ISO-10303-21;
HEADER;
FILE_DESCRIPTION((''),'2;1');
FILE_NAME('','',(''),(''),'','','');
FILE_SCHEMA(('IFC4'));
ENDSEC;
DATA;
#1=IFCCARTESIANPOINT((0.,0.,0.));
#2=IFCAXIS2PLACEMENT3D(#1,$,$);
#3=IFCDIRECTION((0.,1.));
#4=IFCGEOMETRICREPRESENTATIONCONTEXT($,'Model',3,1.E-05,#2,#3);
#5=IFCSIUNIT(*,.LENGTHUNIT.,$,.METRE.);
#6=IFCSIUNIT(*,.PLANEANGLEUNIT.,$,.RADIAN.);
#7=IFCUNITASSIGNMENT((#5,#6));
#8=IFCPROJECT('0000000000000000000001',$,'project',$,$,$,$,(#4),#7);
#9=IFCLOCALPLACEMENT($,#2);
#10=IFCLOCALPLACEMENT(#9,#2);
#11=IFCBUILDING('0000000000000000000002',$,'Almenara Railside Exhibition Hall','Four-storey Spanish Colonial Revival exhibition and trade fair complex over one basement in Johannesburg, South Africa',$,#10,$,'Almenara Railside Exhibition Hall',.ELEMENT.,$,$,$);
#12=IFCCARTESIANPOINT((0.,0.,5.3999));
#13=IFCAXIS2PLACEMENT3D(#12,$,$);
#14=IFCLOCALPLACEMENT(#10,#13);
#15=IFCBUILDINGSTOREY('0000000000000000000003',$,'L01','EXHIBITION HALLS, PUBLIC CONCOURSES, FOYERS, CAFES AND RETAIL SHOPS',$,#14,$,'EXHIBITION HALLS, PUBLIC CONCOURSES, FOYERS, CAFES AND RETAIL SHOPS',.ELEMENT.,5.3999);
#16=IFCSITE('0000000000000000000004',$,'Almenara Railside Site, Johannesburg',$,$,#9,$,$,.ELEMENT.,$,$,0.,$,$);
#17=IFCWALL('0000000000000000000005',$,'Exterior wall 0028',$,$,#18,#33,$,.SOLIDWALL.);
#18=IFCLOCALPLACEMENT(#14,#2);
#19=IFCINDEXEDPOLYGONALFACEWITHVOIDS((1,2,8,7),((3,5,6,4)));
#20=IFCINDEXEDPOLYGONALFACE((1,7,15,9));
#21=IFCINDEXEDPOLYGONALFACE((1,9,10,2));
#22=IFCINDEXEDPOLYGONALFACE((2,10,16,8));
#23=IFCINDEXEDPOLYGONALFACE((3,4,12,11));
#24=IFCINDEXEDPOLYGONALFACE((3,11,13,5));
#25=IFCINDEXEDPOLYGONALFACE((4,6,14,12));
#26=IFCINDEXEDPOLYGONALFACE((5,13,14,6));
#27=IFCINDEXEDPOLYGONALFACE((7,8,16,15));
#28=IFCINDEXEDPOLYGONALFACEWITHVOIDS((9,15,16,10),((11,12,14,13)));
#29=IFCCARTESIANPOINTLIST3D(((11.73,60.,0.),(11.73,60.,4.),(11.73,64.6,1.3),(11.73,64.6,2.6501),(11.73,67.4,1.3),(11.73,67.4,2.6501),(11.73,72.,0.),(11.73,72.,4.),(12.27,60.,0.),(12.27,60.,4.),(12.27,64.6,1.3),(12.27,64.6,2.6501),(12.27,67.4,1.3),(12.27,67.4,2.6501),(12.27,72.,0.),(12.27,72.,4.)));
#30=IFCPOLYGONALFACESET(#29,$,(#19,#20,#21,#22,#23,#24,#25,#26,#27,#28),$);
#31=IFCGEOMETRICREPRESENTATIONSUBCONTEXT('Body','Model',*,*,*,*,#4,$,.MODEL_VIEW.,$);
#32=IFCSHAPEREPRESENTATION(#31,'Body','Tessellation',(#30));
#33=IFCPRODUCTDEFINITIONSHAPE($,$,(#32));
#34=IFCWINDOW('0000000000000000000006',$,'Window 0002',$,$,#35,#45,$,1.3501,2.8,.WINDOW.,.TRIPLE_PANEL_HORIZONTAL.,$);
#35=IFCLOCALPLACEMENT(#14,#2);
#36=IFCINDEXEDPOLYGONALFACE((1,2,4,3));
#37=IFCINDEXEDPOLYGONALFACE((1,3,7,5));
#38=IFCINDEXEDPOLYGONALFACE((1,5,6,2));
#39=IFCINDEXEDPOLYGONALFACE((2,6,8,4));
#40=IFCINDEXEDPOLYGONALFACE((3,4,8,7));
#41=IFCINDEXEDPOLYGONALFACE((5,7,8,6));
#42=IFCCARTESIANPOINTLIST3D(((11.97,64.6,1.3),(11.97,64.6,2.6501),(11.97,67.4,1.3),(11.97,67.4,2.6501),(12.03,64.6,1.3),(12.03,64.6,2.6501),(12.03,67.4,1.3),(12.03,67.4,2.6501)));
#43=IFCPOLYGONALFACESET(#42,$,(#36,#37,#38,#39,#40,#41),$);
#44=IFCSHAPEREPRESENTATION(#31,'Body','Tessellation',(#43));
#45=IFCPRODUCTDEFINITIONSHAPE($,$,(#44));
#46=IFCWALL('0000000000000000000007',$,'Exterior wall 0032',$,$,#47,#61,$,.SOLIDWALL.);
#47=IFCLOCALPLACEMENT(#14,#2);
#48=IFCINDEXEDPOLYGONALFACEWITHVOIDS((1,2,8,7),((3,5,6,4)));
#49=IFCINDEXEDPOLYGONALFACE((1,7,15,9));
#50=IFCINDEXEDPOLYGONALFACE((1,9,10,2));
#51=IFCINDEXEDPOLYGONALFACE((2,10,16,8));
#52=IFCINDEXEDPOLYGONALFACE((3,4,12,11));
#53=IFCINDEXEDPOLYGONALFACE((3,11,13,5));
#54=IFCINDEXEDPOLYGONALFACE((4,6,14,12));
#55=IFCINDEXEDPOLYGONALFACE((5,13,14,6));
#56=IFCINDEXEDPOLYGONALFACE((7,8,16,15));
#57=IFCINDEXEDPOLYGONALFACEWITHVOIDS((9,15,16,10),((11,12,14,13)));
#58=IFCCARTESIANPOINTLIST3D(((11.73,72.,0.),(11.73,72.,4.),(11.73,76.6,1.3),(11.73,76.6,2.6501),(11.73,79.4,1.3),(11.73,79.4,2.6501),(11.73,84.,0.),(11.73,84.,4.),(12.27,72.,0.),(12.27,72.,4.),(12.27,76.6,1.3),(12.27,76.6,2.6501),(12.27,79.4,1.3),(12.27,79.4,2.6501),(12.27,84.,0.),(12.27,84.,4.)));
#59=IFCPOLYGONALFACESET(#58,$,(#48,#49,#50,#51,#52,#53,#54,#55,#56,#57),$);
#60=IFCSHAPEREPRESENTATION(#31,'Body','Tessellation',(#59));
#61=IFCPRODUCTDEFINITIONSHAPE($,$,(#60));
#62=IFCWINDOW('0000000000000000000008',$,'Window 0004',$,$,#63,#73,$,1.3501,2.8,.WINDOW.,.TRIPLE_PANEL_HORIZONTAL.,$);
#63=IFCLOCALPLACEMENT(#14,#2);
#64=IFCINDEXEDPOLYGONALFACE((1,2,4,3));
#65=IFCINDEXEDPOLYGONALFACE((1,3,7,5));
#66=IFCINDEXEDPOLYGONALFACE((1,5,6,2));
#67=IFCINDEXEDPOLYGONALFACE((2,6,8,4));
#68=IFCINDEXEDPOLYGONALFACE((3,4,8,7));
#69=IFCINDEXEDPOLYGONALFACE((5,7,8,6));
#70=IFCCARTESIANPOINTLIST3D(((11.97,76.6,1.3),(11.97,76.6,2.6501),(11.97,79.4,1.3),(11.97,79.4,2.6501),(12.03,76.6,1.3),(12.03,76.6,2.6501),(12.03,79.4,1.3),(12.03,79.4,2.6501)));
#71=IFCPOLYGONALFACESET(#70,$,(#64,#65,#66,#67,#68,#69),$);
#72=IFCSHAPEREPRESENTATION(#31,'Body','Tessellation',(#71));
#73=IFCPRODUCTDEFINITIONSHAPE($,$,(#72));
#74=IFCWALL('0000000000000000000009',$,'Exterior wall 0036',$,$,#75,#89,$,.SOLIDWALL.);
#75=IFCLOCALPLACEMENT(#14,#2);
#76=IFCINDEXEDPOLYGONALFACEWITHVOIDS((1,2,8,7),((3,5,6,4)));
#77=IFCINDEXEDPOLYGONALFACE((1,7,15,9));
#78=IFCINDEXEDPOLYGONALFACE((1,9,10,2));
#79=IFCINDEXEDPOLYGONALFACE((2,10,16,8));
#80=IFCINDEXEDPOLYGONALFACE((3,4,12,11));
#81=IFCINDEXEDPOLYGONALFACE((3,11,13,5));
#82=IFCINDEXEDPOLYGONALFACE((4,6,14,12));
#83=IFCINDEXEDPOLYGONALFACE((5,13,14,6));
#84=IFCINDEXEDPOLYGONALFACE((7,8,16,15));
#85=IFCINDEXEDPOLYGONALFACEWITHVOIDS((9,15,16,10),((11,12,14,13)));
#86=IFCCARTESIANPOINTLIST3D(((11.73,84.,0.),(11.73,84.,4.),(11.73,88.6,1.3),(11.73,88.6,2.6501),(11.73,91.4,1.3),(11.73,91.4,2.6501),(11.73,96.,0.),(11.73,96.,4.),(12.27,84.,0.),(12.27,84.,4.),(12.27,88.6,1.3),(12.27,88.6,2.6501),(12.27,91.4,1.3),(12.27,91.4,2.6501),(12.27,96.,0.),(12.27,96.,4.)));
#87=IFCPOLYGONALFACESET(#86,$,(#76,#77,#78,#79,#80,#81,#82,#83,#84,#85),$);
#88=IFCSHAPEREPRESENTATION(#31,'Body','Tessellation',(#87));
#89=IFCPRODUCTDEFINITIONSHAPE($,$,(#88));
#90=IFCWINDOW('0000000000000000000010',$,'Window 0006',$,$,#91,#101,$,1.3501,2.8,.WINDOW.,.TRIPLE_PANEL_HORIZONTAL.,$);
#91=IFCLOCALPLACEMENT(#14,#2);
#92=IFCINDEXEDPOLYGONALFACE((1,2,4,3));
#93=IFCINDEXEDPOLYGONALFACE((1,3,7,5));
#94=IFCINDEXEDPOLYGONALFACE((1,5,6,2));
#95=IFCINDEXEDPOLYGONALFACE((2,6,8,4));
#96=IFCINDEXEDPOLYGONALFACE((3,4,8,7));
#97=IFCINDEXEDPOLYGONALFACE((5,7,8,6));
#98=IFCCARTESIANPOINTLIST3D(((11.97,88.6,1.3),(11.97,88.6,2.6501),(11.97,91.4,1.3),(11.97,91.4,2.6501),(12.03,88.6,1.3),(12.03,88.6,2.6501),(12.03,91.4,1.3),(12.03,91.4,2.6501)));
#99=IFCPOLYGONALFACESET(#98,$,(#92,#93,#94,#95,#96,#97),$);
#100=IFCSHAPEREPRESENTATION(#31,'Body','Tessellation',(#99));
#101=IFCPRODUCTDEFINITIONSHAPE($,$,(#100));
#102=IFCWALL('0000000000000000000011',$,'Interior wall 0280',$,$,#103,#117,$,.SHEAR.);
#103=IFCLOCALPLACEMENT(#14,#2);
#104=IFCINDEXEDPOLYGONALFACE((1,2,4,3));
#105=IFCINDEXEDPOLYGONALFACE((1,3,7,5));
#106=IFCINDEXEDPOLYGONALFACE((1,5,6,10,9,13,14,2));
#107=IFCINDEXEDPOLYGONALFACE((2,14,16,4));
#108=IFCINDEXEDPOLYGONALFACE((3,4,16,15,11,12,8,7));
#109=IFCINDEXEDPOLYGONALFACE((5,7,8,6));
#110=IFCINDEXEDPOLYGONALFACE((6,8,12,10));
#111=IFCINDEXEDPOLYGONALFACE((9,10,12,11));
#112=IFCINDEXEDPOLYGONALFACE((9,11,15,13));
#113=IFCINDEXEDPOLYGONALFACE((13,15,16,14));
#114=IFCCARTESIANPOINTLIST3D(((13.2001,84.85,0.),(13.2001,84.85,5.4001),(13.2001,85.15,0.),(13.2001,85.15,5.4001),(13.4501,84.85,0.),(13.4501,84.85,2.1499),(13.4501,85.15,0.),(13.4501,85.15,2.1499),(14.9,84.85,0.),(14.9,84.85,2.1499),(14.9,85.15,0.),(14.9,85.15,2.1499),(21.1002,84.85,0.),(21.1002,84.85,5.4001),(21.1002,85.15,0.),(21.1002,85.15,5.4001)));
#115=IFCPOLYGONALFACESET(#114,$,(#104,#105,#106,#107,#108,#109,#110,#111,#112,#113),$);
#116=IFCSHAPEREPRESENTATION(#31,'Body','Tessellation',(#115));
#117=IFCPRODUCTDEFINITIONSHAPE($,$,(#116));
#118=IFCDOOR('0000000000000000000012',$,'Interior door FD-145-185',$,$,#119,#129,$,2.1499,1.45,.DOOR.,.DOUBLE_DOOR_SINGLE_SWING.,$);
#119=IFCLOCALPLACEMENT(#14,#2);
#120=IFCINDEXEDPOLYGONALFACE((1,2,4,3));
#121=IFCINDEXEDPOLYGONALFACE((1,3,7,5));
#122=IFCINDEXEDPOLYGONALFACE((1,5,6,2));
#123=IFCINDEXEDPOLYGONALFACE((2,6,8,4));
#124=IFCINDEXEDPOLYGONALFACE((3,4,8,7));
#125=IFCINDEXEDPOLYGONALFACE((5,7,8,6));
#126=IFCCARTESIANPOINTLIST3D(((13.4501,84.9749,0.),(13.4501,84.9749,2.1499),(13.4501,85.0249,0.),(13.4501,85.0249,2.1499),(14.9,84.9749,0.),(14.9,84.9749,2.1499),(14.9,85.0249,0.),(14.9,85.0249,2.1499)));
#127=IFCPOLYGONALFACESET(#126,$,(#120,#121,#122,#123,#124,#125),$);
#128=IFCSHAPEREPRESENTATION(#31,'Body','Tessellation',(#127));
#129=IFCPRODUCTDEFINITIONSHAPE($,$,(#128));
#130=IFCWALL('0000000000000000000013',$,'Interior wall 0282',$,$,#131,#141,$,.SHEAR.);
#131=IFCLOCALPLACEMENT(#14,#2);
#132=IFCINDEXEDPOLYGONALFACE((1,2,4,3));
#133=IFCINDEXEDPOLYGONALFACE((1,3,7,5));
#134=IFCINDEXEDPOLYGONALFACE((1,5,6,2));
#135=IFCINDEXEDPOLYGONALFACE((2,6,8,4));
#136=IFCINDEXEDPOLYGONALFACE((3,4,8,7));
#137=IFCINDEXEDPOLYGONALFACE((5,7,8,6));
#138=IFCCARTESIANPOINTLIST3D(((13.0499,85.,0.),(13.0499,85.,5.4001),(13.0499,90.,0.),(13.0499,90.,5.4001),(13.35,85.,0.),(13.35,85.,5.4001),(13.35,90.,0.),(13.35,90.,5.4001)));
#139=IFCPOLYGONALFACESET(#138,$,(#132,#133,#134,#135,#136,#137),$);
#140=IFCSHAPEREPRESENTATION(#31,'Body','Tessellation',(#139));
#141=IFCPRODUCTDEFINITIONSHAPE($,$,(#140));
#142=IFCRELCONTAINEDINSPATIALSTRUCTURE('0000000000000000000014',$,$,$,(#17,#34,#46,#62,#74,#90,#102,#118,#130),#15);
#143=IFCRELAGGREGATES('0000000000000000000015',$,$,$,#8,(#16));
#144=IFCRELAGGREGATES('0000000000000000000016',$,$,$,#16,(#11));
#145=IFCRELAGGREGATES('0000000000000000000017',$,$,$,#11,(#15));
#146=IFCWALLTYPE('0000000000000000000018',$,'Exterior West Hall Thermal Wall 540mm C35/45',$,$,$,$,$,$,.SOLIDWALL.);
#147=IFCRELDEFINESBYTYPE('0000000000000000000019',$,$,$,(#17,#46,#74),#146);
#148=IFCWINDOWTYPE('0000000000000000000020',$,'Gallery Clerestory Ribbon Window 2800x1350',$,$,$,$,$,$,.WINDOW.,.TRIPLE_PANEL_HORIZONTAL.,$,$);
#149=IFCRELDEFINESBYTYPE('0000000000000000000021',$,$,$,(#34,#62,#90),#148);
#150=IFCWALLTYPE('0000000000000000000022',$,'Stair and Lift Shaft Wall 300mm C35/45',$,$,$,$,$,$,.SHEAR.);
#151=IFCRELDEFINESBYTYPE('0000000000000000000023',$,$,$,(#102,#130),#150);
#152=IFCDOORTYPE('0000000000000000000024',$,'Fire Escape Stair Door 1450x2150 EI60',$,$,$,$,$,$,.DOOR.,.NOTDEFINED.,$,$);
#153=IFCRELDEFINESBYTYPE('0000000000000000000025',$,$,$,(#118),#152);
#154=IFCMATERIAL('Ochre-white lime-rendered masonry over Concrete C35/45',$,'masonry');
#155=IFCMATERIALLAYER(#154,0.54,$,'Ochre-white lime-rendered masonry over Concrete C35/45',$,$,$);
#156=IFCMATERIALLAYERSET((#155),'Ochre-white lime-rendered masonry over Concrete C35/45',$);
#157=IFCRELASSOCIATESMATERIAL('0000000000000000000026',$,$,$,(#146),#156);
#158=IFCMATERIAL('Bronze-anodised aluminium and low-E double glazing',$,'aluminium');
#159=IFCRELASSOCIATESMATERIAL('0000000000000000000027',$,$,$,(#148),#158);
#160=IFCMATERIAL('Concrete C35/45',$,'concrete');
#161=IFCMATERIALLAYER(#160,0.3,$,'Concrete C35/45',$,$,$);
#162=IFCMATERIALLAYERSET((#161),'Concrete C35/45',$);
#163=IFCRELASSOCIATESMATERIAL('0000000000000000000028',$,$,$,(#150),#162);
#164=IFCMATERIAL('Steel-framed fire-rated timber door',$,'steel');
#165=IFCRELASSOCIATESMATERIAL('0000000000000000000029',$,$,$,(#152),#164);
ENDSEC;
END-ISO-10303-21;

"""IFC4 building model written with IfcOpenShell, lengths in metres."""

from ifc_helpers import new_model, si_unit, direction, frame, frame_2d, origin, place, context, subcontext, project, spatial, rectangle, extrude, material, layer, layer_set, type_object, element, fill, save


model = new_model("IFC4")

# Units and contexts
model_context = context("Model", 3, precision=1e-05, world=origin(), true_north=direction((0.0, 1.0)))
body_context = subcontext(model_context, "Body", "Model", "MODEL_VIEW")
ifc_project = project(units=[si_unit("LENGTHUNIT", "METRE"), si_unit("PLANEANGLEUNIT", "RADIAN")], contexts=[model_context])

# Site, building, storey
site_placement = place(None, origin())
site = spatial("IfcSite", under=ifc_project, at=site_placement, Name="Almenara Railside Site, Johannesburg", CompositionType="ELEMENT", RefElevation=0.0)
building_placement = place(site_placement, origin())
building = spatial("IfcBuilding", under=site, at=building_placement, Name="Almenara Railside Exhibition Hall", Description="Four-storey Spanish Colonial Revival exhibition and trade fair complex over one basement in Johannesburg, South Africa", LongName="Almenara Railside Exhibition Hall", CompositionType="ELEMENT")
storey_placement = place(building_placement, frame((0.0, 0.0, 5.3999)))
storey = spatial("IfcBuildingStorey", under=building, at=storey_placement, Name="L01", Description="EXHIBITION HALLS, PUBLIC CONCOURSES, FOYERS, CAFES AND RETAIL SHOPS", LongName="EXHIBITION HALLS, PUBLIC CONCOURSES, FOYERS, CAFES AND RETAIL SHOPS", CompositionType="ELEMENT", Elevation=5.3999)

# Shared definitions
ifc_material_1 = material(Name="Concrete C35/45", Category="concrete")

# Walls, openings, windows
ifc_material_2 = material(Name="Ochre-white lime-rendered masonry over Concrete C35/45", Category="masonry")
ifc_layer_1 = layer(ifc_material_2, 0.54, Name="Ochre-white lime-rendered masonry over Concrete C35/45")
ifc_layer_set_1 = layer_set([ifc_layer_1], Name="Ochre-white lime-rendered masonry over Concrete C35/45")
wall_type_1 = type_object("IfcWallType", Name="Exterior West Hall Thermal Wall 540mm C35/45", PredefinedType="SOLIDWALL", material=ifc_layer_set_1)
wall_1_placement = place(storey_placement, frame((12.0, 72.0, 0.0), z_axis=(0.0, 0.0, 1.0), x_axis=(0.0, -1.0, 0.0)))
wall_1 = element("IfcWall", 1, at=wall_1_placement, inside=storey, type_object=wall_type_1, Name="Exterior wall 0028", PredefinedType="SOLIDWALL", context=body_context, shape_type="SweptSolid", body=[
    extrude(rectangle(XDim=12.0, YDim=0.54, at=frame_2d((6.0, 0.0))), origin(), (0.0, 0.0, 1.0), 4.0),
])
opening_1_placement = place(wall_1_placement, frame((4.6001, 0.0, 1.3)))
opening_1 = element("IfcOpeningElement", 2, at=opening_1_placement, cuts=wall_1, PredefinedType="OPENING", context=body_context, shape_type="SweptSolid", body=[
    extrude(rectangle(XDim=2.8, YDim=1.3501, at=frame_2d((1.3999, 0.675))), frame((0.0, 0.28, 0.0), z_axis=(0.0, -1.0, 0.0), x_axis=(1.0, 0.0, 0.0)), (0.0, 0.0, 1.0), 0.5601),
])
ifc_material_3 = material(Name="Bronze-anodised aluminium and low-E double glazing", Category="aluminium")
window_type = type_object("IfcWindowType", Name="Gallery Clerestory Ribbon Window 2800x1350", PartitioningType="TRIPLE_PANEL_HORIZONTAL", PredefinedType="WINDOW", material=ifc_material_3)
window_1_placement = place(opening_1_placement, origin())
window_1 = element("IfcWindow", 3, at=window_1_placement, inside=storey, type_object=window_type, Name="Window 0002", OverallHeight=1.3501, OverallWidth=2.8, PartitioningType="TRIPLE_PANEL_HORIZONTAL", PredefinedType="WINDOW", context=body_context, shape_type="SweptSolid", body=[
    extrude(rectangle(XDim=2.8, YDim=1.3501, at=frame_2d((1.3999, 0.675))), frame((0.0, 0.03, 0.0), z_axis=(0.0, -1.0, 0.0), x_axis=(1.0, 0.0, 0.0)), (0.0, 0.0, 1.0), 0.0601),
])
fill(opening_1, window_1)
wall_2_placement = place(storey_placement, frame((12.0, 84.0, 0.0), z_axis=(0.0, 0.0, 1.0), x_axis=(0.0, -1.0, 0.0)))
wall_2 = element("IfcWall", 4, at=wall_2_placement, inside=storey, type_object=wall_type_1, Name="Exterior wall 0032", PredefinedType="SOLIDWALL", context=body_context, shape_type="SweptSolid", body=[
    extrude(rectangle(XDim=12.0, YDim=0.54, at=frame_2d((6.0, 0.0))), origin(), (0.0, 0.0, 1.0), 4.0),
])
opening_2_placement = place(wall_2_placement, frame((4.6001, 0.0, 1.3)))
opening_2 = element("IfcOpeningElement", 5, at=opening_2_placement, cuts=wall_2, PredefinedType="OPENING", context=body_context, shape_type="SweptSolid", body=[
    extrude(rectangle(XDim=2.8, YDim=1.3501, at=frame_2d((1.3999, 0.675))), frame((0.0, 0.28, 0.0), z_axis=(0.0, -1.0, 0.0), x_axis=(1.0, 0.0, 0.0)), (0.0, 0.0, 1.0), 0.5601),
])
window_2_placement = place(opening_2_placement, origin())
window_2 = element("IfcWindow", 6, at=window_2_placement, inside=storey, type_object=window_type, Name="Window 0004", OverallHeight=1.3501, OverallWidth=2.8, PartitioningType="TRIPLE_PANEL_HORIZONTAL", PredefinedType="WINDOW", context=body_context, shape_type="SweptSolid", body=[
    extrude(rectangle(XDim=2.8, YDim=1.3501, at=frame_2d((1.3999, 0.675))), frame((0.0, 0.03, 0.0), z_axis=(0.0, -1.0, 0.0), x_axis=(1.0, 0.0, 0.0)), (0.0, 0.0, 1.0), 0.0601),
])
fill(opening_2, window_2)
wall_3_placement = place(storey_placement, frame((12.0, 96.0, 0.0), z_axis=(0.0, 0.0, 1.0), x_axis=(0.0, -1.0, 0.0)))
wall_3 = element("IfcWall", 7, at=wall_3_placement, inside=storey, type_object=wall_type_1, Name="Exterior wall 0036", PredefinedType="SOLIDWALL", context=body_context, shape_type="SweptSolid", body=[
    extrude(rectangle(XDim=12.0, YDim=0.54, at=frame_2d((6.0, 0.0))), origin(), (0.0, 0.0, 1.0), 4.0),
])
opening_3_placement = place(wall_3_placement, frame((4.6001, 0.0, 1.3)))
opening_3 = element("IfcOpeningElement", 8, at=opening_3_placement, cuts=wall_3, PredefinedType="OPENING", context=body_context, shape_type="SweptSolid", body=[
    extrude(rectangle(XDim=2.8, YDim=1.3501, at=frame_2d((1.3999, 0.675))), frame((0.0, 0.28, 0.0), z_axis=(0.0, -1.0, 0.0), x_axis=(1.0, 0.0, 0.0)), (0.0, 0.0, 1.0), 0.5601),
])
window_3_placement = place(opening_3_placement, origin())
window_3 = element("IfcWindow", 9, at=window_3_placement, inside=storey, type_object=window_type, Name="Window 0006", OverallHeight=1.3501, OverallWidth=2.8, PartitioningType="TRIPLE_PANEL_HORIZONTAL", PredefinedType="WINDOW", context=body_context, shape_type="SweptSolid", body=[
    extrude(rectangle(XDim=2.8, YDim=1.3501, at=frame_2d((1.3999, 0.675))), frame((0.0, 0.03, 0.0), z_axis=(0.0, -1.0, 0.0), x_axis=(1.0, 0.0, 0.0)), (0.0, 0.0, 1.0), 0.0601),
])
fill(opening_3, window_3)

# Wall, opening, door
ifc_layer_2 = layer(ifc_material_1, 0.3, Name="Concrete C35/45")
ifc_layer_set_2 = layer_set([ifc_layer_2], Name="Concrete C35/45")
wall_type_2 = type_object("IfcWallType", Name="Stair and Lift Shaft Wall 300mm C35/45", PredefinedType="SHEAR", material=ifc_layer_set_2)
wall_4_placement = place(storey_placement, frame((13.2, 85.0, 0.0), z_axis=(0.0, 0.0, 1.0), x_axis=(1.0, 0.0, 0.0)))
wall_4 = element("IfcWall", 10, at=wall_4_placement, inside=storey, type_object=wall_type_2, Name="Interior wall 0280", PredefinedType="SHEAR", context=body_context, shape_type="SweptSolid", body=[
    extrude(rectangle(XDim=7.9001, YDim=0.3, at=frame_2d((3.9502, 0.0))), origin(), (0.0, 0.0, 1.0), 5.4001),
])
opening_4_placement = place(wall_4_placement, frame((0.25, 0.0, 0.0)))
opening_4 = element("IfcOpeningElement", 11, at=opening_4_placement, cuts=wall_4, PredefinedType="OPENING", context=body_context, shape_type="SweptSolid", body=[
    extrude(rectangle(XDim=1.45, YDim=2.1499, at=frame_2d((0.7251, 1.075))), frame((0.0, 0.1599, 0.0), z_axis=(0.0, -1.0, 0.0), x_axis=(1.0, 0.0, 0.0)), (0.0, 0.0, 1.0), 0.3201),
])
ifc_material_4 = material(Name="Steel-framed fire-rated timber door", Category="steel")
door_type = type_object("IfcDoorType", Name="Fire Escape Stair Door 1450x2150 EI60", OperationType="NOTDEFINED", PredefinedType="DOOR", material=ifc_material_4)
door_placement = place(opening_4_placement, origin())
door = element("IfcDoor", 12, at=door_placement, inside=storey, type_object=door_type, Name="Interior door FD-145-185", OperationType="DOUBLE_DOOR_SINGLE_SWING", OverallHeight=2.1499, OverallWidth=1.45, PredefinedType="DOOR", context=body_context, shape_type="SweptSolid", body=[
    extrude(rectangle(XDim=1.45, YDim=2.1499, at=frame_2d((0.7251, 1.075))), frame((0.0, 0.0249, 0.0), z_axis=(0.0, -1.0, 0.0), x_axis=(1.0, 0.0, 0.0)), (0.0, 0.0, 1.0), 0.05),
])
fill(opening_4, door)

# Wall
wall_5_placement = place(storey_placement, frame((13.2, 90.0, 0.0), z_axis=(0.0, 0.0, 1.0), x_axis=(0.0, -1.0, 0.0)))
element("IfcWall", 13, at=wall_5_placement, inside=storey, type_object=wall_type_2, Name="Interior wall 0282", PredefinedType="SHEAR", context=body_context, shape_type="SweptSolid", body=[
    extrude(rectangle(XDim=5.0, YDim=0.3, at=frame_2d((2.5, 0.0))), origin(), (0.0, 0.0, 1.0), 5.4001),
])

save(model, "model.ifc")
